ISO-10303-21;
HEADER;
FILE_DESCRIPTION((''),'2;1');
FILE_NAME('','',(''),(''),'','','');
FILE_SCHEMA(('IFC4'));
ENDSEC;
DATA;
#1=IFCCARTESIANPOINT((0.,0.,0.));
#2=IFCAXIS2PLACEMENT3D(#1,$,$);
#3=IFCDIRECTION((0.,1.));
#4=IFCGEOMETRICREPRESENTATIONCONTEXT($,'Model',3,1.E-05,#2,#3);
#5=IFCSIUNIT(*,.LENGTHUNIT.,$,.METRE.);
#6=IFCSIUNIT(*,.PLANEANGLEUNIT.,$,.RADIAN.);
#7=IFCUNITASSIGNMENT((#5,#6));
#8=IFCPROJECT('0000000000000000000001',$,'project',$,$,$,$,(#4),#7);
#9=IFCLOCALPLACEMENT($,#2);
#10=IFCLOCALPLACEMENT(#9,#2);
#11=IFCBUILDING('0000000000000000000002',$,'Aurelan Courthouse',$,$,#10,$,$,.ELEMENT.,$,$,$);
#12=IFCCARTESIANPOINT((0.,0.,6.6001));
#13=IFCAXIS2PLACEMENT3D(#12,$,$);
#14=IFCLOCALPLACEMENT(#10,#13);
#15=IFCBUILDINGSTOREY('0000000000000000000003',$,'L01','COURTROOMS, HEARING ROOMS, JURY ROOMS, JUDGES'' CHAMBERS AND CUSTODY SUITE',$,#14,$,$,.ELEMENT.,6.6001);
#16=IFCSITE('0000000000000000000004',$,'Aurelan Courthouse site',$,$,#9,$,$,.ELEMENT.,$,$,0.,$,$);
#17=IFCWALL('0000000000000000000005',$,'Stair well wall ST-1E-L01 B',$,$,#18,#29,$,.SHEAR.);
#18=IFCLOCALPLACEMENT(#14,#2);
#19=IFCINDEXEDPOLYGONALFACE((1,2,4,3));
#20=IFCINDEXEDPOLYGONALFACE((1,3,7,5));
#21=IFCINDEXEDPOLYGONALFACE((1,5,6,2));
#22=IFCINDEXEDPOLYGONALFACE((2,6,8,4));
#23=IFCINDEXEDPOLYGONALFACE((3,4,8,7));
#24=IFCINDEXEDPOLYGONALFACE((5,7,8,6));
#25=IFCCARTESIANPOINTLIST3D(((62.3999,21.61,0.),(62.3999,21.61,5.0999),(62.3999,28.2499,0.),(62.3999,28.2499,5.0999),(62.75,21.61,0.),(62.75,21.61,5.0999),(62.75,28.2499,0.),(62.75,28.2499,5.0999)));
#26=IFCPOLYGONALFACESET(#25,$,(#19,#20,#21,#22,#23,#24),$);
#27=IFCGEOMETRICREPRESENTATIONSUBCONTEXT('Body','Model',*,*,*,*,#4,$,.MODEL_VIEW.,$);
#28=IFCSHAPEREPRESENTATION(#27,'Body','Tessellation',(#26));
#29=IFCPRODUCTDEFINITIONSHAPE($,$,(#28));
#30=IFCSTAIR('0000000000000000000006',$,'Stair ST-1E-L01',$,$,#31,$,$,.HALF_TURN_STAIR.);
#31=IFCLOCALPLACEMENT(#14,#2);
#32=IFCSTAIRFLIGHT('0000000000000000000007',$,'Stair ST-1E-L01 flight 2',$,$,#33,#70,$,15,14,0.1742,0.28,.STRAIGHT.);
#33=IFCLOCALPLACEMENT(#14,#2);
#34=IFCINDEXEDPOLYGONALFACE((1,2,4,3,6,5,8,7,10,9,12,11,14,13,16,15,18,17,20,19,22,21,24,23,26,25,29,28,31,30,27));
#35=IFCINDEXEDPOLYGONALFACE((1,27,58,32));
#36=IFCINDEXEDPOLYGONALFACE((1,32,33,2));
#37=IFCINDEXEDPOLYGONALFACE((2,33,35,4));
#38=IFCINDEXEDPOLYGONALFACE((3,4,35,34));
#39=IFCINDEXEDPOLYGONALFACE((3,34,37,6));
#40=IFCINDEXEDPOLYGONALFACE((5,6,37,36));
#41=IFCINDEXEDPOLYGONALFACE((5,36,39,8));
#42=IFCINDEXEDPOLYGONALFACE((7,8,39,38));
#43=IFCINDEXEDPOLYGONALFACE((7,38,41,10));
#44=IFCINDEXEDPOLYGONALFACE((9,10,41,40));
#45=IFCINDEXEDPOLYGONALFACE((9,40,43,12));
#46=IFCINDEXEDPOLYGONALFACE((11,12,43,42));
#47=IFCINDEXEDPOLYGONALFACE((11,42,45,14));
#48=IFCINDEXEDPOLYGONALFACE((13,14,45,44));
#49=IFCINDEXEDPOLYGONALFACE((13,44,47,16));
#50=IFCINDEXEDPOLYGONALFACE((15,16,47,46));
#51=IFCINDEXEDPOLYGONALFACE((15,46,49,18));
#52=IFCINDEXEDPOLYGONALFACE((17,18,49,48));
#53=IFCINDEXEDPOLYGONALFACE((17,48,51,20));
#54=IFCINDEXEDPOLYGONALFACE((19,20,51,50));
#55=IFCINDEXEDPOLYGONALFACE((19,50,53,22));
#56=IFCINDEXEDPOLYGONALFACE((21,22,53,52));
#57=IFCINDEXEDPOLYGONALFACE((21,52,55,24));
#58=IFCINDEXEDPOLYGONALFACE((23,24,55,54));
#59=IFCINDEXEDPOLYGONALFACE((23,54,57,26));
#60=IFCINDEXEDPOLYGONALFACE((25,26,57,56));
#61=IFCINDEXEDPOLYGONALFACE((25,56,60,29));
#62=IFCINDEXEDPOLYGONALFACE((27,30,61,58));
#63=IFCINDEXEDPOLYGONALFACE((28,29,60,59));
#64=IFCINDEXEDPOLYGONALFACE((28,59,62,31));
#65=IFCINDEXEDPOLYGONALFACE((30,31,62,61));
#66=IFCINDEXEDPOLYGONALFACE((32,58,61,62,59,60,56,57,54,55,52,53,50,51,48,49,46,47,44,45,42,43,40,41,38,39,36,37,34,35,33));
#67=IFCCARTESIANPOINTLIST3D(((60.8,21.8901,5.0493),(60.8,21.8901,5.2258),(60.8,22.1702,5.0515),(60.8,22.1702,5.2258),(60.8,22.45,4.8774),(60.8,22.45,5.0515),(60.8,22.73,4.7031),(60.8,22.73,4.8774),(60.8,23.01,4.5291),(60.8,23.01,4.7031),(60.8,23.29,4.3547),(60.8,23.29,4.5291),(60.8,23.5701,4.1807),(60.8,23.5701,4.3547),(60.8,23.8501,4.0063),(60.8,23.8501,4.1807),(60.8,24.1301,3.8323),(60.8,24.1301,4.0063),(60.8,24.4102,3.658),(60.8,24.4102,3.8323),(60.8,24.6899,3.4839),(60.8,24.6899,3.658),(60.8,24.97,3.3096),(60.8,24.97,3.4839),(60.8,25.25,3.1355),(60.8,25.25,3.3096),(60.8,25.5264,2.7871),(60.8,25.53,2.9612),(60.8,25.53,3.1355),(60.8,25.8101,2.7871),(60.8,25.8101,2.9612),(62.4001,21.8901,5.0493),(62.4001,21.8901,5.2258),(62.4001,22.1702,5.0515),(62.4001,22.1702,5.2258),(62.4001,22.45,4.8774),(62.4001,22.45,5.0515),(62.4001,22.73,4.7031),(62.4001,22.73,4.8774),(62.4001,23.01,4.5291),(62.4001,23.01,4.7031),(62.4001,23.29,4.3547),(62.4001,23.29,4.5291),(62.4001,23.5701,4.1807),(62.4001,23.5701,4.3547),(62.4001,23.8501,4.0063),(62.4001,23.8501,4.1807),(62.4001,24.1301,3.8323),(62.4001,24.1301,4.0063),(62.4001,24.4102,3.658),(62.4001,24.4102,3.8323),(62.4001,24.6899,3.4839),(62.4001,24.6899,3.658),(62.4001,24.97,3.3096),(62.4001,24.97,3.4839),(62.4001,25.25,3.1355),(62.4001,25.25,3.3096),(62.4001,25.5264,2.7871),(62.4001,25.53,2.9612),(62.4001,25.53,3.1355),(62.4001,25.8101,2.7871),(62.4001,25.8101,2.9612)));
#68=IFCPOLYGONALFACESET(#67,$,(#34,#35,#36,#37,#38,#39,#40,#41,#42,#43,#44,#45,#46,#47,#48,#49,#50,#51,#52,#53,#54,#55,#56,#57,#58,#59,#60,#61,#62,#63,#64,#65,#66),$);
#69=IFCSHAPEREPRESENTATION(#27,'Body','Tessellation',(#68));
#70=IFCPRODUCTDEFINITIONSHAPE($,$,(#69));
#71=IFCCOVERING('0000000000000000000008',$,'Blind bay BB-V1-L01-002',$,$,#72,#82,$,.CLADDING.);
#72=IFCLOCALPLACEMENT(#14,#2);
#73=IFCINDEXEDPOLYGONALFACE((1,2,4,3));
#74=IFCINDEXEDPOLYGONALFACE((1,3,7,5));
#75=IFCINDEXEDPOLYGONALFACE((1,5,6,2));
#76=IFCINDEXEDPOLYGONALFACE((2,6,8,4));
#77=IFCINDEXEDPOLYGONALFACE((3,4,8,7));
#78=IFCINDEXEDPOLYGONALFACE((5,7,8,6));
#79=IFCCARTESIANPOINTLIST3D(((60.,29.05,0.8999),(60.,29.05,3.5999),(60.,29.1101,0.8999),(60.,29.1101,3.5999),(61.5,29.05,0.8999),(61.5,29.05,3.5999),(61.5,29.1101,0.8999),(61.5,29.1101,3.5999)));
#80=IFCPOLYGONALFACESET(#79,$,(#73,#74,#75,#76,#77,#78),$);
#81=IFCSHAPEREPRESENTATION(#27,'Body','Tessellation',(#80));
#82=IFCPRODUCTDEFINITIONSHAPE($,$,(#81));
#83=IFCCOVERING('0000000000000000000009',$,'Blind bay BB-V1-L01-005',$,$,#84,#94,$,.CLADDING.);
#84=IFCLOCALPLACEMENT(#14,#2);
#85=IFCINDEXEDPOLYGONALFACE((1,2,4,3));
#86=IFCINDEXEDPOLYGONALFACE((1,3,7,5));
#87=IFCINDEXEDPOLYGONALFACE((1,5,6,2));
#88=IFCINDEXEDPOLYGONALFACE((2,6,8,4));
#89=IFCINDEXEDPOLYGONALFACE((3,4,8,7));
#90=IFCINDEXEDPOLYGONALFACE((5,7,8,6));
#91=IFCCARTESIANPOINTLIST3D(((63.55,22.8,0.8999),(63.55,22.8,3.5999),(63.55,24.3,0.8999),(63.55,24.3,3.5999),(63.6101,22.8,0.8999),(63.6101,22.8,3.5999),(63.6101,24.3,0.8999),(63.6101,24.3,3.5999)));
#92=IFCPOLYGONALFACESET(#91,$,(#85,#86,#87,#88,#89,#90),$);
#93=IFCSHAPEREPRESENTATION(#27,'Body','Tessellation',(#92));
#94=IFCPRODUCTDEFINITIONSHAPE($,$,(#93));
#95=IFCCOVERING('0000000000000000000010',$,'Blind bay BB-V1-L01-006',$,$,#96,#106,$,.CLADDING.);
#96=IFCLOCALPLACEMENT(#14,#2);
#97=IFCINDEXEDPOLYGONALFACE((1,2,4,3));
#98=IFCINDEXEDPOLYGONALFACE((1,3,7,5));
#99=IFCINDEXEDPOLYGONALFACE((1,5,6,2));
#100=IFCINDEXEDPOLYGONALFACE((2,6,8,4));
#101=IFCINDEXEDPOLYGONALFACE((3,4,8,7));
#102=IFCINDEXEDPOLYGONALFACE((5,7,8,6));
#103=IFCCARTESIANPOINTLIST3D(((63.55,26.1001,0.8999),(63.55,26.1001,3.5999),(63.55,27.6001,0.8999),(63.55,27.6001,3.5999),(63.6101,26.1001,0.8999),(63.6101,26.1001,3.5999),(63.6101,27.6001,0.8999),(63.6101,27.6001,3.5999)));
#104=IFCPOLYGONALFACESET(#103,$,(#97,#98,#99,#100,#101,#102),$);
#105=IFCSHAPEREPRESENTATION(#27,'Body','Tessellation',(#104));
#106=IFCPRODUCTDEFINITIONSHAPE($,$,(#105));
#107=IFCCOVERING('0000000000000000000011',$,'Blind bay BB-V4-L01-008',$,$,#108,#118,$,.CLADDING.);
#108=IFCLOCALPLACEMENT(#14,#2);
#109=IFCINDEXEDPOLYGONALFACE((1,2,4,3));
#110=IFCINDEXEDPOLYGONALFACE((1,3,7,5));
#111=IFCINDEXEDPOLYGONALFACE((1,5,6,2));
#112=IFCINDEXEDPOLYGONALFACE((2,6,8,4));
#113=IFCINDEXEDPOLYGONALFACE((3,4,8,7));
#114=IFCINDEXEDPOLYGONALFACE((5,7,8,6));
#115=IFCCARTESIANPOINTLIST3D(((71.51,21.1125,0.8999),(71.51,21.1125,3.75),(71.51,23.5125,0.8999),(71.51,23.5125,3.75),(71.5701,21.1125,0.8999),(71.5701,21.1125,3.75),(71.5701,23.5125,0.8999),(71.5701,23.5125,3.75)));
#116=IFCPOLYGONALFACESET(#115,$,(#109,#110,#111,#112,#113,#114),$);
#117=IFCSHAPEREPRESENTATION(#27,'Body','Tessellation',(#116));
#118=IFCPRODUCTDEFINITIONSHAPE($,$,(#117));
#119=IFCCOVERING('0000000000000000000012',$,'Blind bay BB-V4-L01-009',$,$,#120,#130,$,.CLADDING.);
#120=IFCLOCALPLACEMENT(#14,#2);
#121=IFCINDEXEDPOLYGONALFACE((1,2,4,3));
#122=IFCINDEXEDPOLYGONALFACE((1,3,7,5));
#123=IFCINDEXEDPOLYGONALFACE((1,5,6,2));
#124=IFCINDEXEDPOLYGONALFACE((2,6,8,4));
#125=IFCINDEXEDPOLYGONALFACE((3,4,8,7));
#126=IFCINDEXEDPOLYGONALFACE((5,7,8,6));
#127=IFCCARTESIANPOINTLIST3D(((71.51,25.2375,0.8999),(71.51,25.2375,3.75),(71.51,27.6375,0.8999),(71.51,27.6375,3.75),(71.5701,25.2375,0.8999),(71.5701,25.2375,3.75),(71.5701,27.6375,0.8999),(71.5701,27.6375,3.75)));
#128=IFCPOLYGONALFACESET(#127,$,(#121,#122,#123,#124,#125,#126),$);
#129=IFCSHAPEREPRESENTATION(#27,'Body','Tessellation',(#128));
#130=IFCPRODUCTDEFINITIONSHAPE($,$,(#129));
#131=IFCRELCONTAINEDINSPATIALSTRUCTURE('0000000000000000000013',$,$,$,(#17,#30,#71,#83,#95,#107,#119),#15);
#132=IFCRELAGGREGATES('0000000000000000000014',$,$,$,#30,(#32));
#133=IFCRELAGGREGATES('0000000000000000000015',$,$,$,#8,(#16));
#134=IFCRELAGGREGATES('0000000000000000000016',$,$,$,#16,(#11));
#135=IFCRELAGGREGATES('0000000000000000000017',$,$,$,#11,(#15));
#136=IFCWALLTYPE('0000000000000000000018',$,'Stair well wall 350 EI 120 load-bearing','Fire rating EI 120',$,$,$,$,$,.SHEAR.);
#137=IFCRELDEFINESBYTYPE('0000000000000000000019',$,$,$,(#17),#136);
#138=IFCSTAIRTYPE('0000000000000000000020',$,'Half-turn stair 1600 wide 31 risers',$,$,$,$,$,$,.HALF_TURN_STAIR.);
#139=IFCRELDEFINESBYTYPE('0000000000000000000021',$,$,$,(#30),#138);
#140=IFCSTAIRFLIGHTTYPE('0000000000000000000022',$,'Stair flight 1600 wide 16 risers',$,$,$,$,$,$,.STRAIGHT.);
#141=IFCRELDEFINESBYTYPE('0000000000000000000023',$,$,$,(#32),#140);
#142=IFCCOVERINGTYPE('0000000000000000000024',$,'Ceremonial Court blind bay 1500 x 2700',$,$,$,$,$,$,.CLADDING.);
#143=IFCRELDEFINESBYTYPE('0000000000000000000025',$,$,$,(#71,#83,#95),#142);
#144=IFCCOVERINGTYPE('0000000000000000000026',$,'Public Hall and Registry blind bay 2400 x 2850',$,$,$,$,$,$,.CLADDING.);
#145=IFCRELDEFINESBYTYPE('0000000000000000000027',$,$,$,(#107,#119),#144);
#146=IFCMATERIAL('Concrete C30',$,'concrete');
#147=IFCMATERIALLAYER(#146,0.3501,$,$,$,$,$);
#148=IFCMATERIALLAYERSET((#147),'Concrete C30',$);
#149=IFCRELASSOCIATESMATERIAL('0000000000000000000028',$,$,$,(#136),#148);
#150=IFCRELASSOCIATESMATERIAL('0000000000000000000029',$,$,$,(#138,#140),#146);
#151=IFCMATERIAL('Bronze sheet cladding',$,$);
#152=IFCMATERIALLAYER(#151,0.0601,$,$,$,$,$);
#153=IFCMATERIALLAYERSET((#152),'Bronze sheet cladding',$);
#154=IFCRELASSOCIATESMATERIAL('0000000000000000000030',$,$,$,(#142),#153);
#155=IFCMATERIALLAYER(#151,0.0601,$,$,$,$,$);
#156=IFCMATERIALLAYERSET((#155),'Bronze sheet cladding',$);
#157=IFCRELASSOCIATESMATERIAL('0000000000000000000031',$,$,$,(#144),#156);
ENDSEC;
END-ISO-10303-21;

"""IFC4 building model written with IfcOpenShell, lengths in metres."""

from ifc_helpers import new_model, si_unit, direction, frame, frame_2d, origin, origin_2d, place, context, subcontext, project, spatial, polyline, rectangle, outline, extrude, material, layer, layer_set, type_object, element, aggregate, save


model = new_model("IFC4")

# Units and contexts
model_context = context("Model", 3, precision=1e-05, world=origin(), true_north=direction((0.0, 1.0)))
body_context = subcontext(model_context, "Body", "Model", "MODEL_VIEW")
ifc_project = project(units=[si_unit("LENGTHUNIT", "METRE"), si_unit("PLANEANGLEUNIT", "RADIAN")], contexts=[model_context])

# Site, building, storey
site_placement = place(None, origin())
site = spatial("IfcSite", under=ifc_project, at=site_placement, Name="Aurelan Courthouse site", CompositionType="ELEMENT", RefElevation=0.0)
building_placement = place(site_placement, origin())
building = spatial("IfcBuilding", under=site, at=building_placement, Name="Aurelan Courthouse", CompositionType="ELEMENT")
storey_placement = place(building_placement, frame((0.0, 0.0, 6.6001)))
storey = spatial("IfcBuildingStorey", under=building, at=storey_placement, Name="L01", Description="COURTROOMS, HEARING ROOMS, JURY ROOMS, JUDGES' CHAMBERS AND CUSTODY SUITE", CompositionType="ELEMENT", Elevation=6.6001)

# Shared definitions
ifc_material_1 = material(Name="Concrete C30", Category="concrete")

# Wall
ifc_layer_1 = layer(ifc_material_1, 0.3501)
ifc_layer_set_1 = layer_set([ifc_layer_1], Name="Concrete C30")
wall_type_1 = type_object("IfcWallType", Name="Stair well wall 350 EI 120 load-bearing", Description="Fire rating EI 120", PredefinedType="SHEAR", material=ifc_layer_set_1)
wall_1_placement = place(storey_placement, frame((62.575, 21.6101, 0.0), z_axis=(0.0, 0.0, 1.0), x_axis=(0.0, 1.0, 0.0)))
element("IfcWall", 1, at=wall_1_placement, inside=storey, type_object=wall_type_1, Name="Stair well wall ST-1E-L01 B", PredefinedType="SHEAR", context=body_context, shape_type="SweptSolid", body=[
    extrude(rectangle(XDim=6.6399, YDim=0.3501, at=frame_2d((3.3198, 0.0))), origin(), (0.0, 0.0, 1.0), 5.0999),
])

# Stair, stair flight
stair_type = type_object("IfcStairType", Name="Half-turn stair 1600 wide 31 risers", PredefinedType="HALF_TURN_STAIR", material=ifc_material_1)
stair_placement = place(storey_placement, origin())
stair = element("IfcStair", 2, at=stair_placement, inside=storey, type_object=stair_type, Name="Stair ST-1E-L01", PredefinedType="HALF_TURN_STAIR")
stair_flight_type = type_object("IfcStairFlightType", Name="Stair flight 1600 wide 16 risers", PredefinedType="STRAIGHT", material=ifc_material_1)
stair_flight_placement = place(storey_placement, frame((61.6001, 25.8101, 2.7871), z_axis=(0.0, 0.0, 1.0), x_axis=(0.0, -1.0, 0.0)))
stair_flight = element("IfcStairFlight", 3, at=stair_flight_placement, type_object=stair_flight_type, Name="Stair ST-1E-L01 flight 2", NumberOfRisers=15, NumberOfTreads=14, PredefinedType="STRAIGHT", RiserHeight=0.1742, TreadLength=0.28, context=body_context, shape_type="SweptSolid", body=[
    extrude(outline(polyline([(0.0, 0.0), (0.0, 0.1741), (0.28, 0.1741), (0.28, 0.3484), (0.5601, 0.3484), (0.5601, 0.5225), (0.8401, 0.5225), (0.8401, 0.6968), (1.1201, 0.6968), (1.1201, 0.8708), (1.3999, 0.8708), (1.3999, 1.0452), (1.6799, 1.0452), (1.6799, 1.2192), (1.96, 1.2192), (1.96, 1.3936), (2.24, 1.3936), (2.24, 1.5676), (2.52, 1.5676), (2.52, 1.7419), (2.8, 1.7419), (2.8, 1.916), (3.0801, 1.916), (3.0801, 2.0903), (3.3601, 2.0903), (3.3601, 2.2644), (3.6399, 2.2644), (3.6399, 2.4387), (3.9199, 2.4387), (3.9199, 2.6128), (3.9199, 2.2622), (0.2837, 0.0), (0.0, 0.0)])), frame((0.0, 0.8, 0.0), z_axis=(0.0, -1.0, 0.0), x_axis=(1.0, 0.0, 0.0)), (0.0, 0.0, 1.0), 1.6001),
])
aggregate(stair, [stair_flight])

# Coverings
ifc_material_2 = material(Name="Bronze sheet cladding")
ifc_layer_2 = layer(ifc_material_2, 0.0601)
ifc_layer_set_2 = layer_set([ifc_layer_2], Name="Bronze sheet cladding")
covering_type_1 = type_object("IfcCoveringType", Name="Ceremonial Court blind bay 1500 x 2700", PredefinedType="CLADDING", material=ifc_layer_set_2)
covering_1_placement = place(storey_placement, frame((60.75, 29.0801, 0.8999), z_axis=(0.0, 0.0, 1.0), x_axis=(1.0, 0.0, 0.0)))
element("IfcCovering", 4, at=covering_1_placement, inside=storey, type_object=covering_type_1, Name="Blind bay BB-V1-L01-002", PredefinedType="CLADDING", context=body_context, shape_type="SweptSolid", body=[
    extrude(rectangle(XDim=1.5, YDim=0.0601, at=origin_2d()), origin(), (0.0, 0.0, 1.0), 2.7),
])
for number, where, z_axis, x_axis, name in (
    (5, (63.5801, 23.55, 0.8999), (0.0, 0.0, 1.0), (1.0, 0.0, 0.0), "Blind bay BB-V1-L01-005"),
    (6, (63.5801, 26.8501, 0.8999), (0.0, 0.0, 1.0), (1.0, 0.0, 0.0), "Blind bay BB-V1-L01-006"),
):
    element("IfcCovering", number, at=place(storey_placement, frame(where, z_axis=z_axis, x_axis=x_axis)), inside=storey, type_object=covering_type_1, Name=name, PredefinedType="CLADDING", context=body_context, shape_type="SweptSolid", body=[
        extrude(rectangle(XDim=0.0601, YDim=1.5, at=origin_2d()), origin(), (0.0, 0.0, 1.0), 2.7),
    ])
ifc_layer_3 = layer(ifc_material_2, 0.0601)
ifc_layer_set_3 = layer_set([ifc_layer_3], Name="Bronze sheet cladding")
covering_type_2 = type_object("IfcCoveringType", Name="Public Hall and Registry blind bay 2400 x 2850", PredefinedType="CLADDING", material=ifc_layer_set_3)
for number, where, z_axis, x_axis, name in (
    (7, (71.54, 22.3125, 0.8999), (0.0, 0.0, 1.0), (1.0, 0.0, 0.0), "Blind bay BB-V4-L01-008"),
    (8, (71.54, 26.4375, 0.8999), (0.0, 0.0, 1.0), (1.0, 0.0, 0.0), "Blind bay BB-V4-L01-009"),
):
    element("IfcCovering", number, at=place(storey_placement, frame(where, z_axis=z_axis, x_axis=x_axis)), inside=storey, type_object=covering_type_2, Name=name, PredefinedType="CLADDING", context=body_context, shape_type="SweptSolid", body=[
        extrude(rectangle(XDim=0.0601, YDim=2.3999, at=origin_2d()), origin(), (0.0, 0.0, 1.0), 2.8501),
    ])

save(model, "model.ifc")
